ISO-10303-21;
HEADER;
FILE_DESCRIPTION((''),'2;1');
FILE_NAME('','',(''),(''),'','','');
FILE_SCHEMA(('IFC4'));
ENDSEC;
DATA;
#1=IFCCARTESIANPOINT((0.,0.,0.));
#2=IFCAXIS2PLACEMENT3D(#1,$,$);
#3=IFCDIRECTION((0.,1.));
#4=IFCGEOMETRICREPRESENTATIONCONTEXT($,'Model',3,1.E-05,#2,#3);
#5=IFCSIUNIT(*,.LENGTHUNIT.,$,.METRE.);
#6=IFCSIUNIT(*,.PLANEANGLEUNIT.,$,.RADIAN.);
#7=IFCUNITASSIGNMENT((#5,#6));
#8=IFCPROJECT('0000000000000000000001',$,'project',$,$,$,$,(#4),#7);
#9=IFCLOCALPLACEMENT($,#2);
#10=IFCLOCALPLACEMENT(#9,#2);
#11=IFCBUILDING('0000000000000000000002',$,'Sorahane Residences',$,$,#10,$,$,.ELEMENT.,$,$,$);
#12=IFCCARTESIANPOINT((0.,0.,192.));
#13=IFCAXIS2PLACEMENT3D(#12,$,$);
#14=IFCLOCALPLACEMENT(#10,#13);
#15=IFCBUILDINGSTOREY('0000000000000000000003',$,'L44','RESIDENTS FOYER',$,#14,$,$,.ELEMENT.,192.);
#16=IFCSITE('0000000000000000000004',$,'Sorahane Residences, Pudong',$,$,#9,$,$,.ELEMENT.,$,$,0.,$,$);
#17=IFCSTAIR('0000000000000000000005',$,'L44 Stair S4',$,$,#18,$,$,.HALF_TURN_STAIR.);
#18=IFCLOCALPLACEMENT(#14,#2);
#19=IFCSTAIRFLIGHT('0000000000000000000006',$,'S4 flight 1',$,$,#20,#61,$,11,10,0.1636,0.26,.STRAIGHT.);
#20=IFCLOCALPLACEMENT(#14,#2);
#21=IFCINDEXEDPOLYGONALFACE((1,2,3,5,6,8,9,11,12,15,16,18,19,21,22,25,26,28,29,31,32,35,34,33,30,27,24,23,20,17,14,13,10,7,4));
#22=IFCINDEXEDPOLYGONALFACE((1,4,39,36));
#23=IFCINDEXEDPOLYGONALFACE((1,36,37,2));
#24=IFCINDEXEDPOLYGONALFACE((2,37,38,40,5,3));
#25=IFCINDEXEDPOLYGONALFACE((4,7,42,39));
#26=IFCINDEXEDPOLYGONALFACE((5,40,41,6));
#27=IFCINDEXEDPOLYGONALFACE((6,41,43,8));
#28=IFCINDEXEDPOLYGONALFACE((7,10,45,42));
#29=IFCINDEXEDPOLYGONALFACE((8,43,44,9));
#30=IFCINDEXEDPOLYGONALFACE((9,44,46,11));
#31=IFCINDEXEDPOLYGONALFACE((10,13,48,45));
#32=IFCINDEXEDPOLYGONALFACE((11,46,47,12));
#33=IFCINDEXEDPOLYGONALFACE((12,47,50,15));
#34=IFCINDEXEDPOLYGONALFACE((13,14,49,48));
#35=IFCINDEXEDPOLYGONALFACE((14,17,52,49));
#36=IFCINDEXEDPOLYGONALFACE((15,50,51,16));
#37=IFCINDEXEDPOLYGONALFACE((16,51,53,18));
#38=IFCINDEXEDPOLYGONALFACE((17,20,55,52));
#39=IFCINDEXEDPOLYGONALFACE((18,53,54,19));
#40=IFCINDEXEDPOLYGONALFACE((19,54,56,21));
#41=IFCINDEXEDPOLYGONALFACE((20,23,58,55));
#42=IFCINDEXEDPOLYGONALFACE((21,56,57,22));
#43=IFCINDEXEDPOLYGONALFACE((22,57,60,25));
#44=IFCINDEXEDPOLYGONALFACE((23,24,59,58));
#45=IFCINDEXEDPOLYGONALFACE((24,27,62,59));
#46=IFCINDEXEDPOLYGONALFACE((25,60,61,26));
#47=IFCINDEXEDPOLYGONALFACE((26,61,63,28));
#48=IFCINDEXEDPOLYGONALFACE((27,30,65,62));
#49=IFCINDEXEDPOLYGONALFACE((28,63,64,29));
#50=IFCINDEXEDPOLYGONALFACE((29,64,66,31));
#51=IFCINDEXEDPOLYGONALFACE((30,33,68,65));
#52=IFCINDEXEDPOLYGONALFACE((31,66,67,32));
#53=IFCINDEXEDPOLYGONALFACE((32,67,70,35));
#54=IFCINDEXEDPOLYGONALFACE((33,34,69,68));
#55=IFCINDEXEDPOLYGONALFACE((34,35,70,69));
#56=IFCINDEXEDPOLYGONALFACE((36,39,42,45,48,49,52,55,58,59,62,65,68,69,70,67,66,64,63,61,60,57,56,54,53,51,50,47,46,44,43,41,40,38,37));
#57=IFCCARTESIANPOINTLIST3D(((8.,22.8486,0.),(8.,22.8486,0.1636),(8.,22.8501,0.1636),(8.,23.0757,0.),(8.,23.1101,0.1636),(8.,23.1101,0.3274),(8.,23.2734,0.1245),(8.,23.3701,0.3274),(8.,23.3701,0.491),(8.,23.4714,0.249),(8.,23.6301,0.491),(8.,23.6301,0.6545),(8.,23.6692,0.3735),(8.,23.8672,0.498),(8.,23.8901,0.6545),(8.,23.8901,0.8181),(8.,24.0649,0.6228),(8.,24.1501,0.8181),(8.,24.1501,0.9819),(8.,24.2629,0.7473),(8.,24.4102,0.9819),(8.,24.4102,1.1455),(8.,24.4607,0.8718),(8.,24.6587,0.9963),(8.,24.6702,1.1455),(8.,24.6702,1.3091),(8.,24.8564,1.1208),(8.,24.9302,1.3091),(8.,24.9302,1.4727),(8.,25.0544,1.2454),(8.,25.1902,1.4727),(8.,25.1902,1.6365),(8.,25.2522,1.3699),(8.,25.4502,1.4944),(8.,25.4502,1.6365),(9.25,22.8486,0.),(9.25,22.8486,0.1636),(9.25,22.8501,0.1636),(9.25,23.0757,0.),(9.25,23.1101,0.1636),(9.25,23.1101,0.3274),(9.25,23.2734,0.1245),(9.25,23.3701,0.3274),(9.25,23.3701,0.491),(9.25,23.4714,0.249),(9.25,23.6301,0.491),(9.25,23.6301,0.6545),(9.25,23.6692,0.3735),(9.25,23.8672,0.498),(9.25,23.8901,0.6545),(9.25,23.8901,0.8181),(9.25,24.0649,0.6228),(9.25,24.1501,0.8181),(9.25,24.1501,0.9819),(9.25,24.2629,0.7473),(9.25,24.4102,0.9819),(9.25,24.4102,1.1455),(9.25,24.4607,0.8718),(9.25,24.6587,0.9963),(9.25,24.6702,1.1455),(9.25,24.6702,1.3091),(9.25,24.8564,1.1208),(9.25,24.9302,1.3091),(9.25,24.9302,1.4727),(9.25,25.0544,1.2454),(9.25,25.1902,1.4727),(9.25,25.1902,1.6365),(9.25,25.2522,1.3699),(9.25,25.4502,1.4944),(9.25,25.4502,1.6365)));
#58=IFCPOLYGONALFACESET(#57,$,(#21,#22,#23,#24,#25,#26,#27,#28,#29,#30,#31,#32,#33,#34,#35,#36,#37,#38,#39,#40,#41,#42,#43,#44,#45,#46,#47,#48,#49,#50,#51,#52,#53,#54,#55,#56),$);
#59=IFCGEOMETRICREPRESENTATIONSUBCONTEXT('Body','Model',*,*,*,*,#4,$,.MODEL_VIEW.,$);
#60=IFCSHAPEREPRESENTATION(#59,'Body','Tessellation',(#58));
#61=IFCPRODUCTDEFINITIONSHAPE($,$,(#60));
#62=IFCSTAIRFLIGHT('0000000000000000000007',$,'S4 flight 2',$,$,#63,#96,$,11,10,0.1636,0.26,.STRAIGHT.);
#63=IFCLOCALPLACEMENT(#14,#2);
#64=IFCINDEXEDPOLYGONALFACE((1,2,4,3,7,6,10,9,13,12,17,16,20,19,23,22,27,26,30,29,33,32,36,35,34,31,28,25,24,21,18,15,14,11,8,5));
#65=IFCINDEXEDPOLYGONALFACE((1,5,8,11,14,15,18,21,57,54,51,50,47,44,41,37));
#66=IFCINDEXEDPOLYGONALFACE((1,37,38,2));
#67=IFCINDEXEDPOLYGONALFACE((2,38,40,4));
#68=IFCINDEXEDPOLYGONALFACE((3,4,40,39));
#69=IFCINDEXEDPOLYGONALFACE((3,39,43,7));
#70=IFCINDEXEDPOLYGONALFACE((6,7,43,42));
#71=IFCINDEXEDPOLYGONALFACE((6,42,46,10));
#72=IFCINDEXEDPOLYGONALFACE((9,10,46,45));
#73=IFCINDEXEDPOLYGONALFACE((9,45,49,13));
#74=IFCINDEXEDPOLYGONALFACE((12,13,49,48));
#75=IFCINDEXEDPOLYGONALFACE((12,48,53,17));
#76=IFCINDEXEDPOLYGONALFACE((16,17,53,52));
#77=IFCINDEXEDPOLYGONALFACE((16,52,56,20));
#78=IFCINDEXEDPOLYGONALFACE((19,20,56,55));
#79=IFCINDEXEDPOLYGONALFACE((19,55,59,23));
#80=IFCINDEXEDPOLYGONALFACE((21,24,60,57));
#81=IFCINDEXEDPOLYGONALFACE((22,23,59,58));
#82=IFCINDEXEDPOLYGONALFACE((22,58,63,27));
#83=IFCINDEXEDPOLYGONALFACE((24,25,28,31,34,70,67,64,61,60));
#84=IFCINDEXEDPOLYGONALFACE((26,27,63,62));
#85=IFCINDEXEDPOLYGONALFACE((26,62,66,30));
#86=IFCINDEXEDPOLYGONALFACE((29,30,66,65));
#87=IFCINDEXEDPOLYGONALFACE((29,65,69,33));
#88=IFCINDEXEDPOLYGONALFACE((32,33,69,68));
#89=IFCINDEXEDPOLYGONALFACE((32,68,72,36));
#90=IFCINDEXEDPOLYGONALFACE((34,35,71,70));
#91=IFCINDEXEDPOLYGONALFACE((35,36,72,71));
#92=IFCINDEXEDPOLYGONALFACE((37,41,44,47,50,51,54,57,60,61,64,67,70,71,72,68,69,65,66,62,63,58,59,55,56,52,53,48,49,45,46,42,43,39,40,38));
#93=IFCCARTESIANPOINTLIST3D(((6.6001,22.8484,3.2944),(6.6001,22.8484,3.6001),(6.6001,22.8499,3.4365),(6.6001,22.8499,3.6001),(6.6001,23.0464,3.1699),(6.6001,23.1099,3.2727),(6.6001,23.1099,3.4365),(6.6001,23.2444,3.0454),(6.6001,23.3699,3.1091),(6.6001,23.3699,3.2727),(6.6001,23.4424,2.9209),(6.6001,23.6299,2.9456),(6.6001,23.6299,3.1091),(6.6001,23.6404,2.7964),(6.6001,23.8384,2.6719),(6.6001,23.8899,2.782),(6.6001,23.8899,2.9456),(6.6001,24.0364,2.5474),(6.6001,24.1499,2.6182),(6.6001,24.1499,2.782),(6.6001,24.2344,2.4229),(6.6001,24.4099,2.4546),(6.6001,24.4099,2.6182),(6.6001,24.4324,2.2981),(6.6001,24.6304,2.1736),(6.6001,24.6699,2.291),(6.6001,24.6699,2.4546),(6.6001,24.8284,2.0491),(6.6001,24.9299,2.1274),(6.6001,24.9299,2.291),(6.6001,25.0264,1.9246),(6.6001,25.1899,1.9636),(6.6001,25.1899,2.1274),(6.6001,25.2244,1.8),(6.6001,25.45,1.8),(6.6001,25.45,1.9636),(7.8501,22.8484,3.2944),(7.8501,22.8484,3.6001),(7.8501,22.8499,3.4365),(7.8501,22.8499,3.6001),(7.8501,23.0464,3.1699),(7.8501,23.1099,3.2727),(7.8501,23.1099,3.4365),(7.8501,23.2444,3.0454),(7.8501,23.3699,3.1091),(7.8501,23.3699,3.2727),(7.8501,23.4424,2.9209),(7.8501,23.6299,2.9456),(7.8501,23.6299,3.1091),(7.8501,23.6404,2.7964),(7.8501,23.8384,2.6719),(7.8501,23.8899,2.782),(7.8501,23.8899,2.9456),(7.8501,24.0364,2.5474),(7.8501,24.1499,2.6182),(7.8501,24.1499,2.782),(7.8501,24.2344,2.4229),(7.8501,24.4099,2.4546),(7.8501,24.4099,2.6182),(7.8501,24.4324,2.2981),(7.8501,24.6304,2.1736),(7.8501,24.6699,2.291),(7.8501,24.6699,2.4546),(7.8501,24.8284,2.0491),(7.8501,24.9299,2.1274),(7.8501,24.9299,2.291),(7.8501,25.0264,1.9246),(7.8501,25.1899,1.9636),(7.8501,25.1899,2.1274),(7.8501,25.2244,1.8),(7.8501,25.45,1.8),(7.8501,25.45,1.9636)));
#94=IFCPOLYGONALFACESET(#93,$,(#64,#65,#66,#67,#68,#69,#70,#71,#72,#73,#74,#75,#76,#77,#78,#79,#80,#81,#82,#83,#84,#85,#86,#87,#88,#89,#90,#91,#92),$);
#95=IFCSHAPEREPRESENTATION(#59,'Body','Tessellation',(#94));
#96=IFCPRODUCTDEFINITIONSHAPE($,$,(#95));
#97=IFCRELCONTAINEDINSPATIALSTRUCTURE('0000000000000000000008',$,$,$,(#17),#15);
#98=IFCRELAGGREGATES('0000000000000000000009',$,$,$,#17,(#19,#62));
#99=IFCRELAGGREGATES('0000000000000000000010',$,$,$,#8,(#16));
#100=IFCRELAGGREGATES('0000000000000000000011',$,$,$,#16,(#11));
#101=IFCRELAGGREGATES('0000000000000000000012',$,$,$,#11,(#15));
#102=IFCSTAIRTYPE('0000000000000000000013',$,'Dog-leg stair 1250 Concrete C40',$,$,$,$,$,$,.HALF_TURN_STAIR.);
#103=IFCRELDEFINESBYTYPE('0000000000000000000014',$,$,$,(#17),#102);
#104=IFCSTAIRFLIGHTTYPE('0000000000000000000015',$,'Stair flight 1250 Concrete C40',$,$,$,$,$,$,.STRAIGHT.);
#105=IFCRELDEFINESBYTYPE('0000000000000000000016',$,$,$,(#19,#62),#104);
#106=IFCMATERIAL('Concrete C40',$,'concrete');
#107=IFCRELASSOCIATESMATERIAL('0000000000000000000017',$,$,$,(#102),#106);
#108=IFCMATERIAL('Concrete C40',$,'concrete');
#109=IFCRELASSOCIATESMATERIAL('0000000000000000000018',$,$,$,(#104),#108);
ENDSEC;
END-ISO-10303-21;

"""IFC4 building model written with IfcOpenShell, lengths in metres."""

from ifc_helpers import new_model, si_unit, direction, frame, origin, place, context, subcontext, project, spatial, polyline, outline, extrude, material, type_object, element, aggregate, save


model = new_model("IFC4")

# Units and contexts
model_context = context("Model", 3, precision=1e-05, world=origin(), true_north=direction((0.0, 1.0)))
body_context = subcontext(model_context, "Body", "Model", "MODEL_VIEW")
ifc_project = project(units=[si_unit("LENGTHUNIT", "METRE"), si_unit("PLANEANGLEUNIT", "RADIAN")], contexts=[model_context])

# Site, building, storey
site_placement = place(None, origin())
site = spatial("IfcSite", under=ifc_project, at=site_placement, Name="Sorahane Residences, Pudong", CompositionType="ELEMENT", RefElevation=0.0)
building_placement = place(site_placement, origin())
building = spatial("IfcBuilding", under=site, at=building_placement, Name="Sorahane Residences", CompositionType="ELEMENT")
storey_placement = place(building_placement, frame((0.0, 0.0, 192.0)))
storey = spatial("IfcBuildingStorey", under=building, at=storey_placement, Name="L44", Description="RESIDENTS FOYER", CompositionType="ELEMENT", Elevation=192.0)

# Stair, stair flights
ifc_material_1 = material(Name="Concrete C40", Category="concrete")
stair_type = type_object("IfcStairType", Name="Dog-leg stair 1250 Concrete C40", PredefinedType="HALF_TURN_STAIR", material=ifc_material_1)
stair_placement = place(storey_placement, origin())
stair = element("IfcStair", 1, at=stair_placement, inside=storey, type_object=stair_type, Name="L44 Stair S4", PredefinedType="HALF_TURN_STAIR")
ifc_material_2 = material(Name="Concrete C40", Category="concrete")
stair_flight_type = type_object("IfcStairFlightType", Name="Stair flight 1250 Concrete C40", PredefinedType="STRAIGHT", material=ifc_material_2)
stair_flight_1_placement = place(storey_placement, frame((8.625, 22.8501, 0.0), z_axis=(0.0, 0.0, 1.0), x_axis=(0.0, 1.0, 0.0)))
stair_flight_1 = element("IfcStairFlight", 2, at=stair_flight_1_placement, type_object=stair_flight_type, Name="S4 flight 1", NumberOfRisers=11, NumberOfTreads=10, PredefinedType="STRAIGHT", RiserHeight=0.1636, TreadLength=0.26, context=body_context, shape_type="SweptSolid", body=[
    extrude(outline(polyline([(-0.0015, 0.0), (-0.0015, 0.1636), (0.0, 0.1636), (0.26, 0.1636), (0.26, 0.3274), (0.52, 0.3274), (0.52, 0.491), (0.78, 0.491), (0.78, 0.6545), (1.04, 0.6545), (1.04, 0.8181), (1.3, 0.8181), (1.3, 0.9819), (1.5601, 0.9819), (1.5601, 1.1455), (1.8201, 1.1455), (1.8201, 1.3091), (2.0801, 1.3091), (2.0801, 1.4727), (2.3401, 1.4727), (2.3401, 1.6365), (2.6001, 1.6365), (2.6001, 1.8), (2.6001, 1.4944), (2.4021, 1.3699), (2.2043, 1.2454), (2.0063, 1.1208), (1.8086, 0.9963), (1.6106, 0.8718), (1.4128, 0.7473), (1.2148, 0.6228), (1.0171, 0.498), (0.8191, 0.3735), (0.6213, 0.249), (0.4233, 0.1245), (0.2256, 0.0), (-0.0015, 0.0)])), frame((0.0, 0.625, 0.0), z_axis=(0.0, -1.0, 0.0), x_axis=(1.0, 0.0, 0.0)), (0.0, 0.0, 1.0), 1.25),
])
stair_flight_2_placement = place(storey_placement, frame((7.2251, 25.45, 1.8), z_axis=(0.0, 0.0, 1.0), x_axis=(0.0, -1.0, 0.0)))
stair_flight_2 = element("IfcStairFlight", 3, at=stair_flight_2_placement, type_object=stair_flight_type, Name="S4 flight 2", NumberOfRisers=11, NumberOfTreads=10, PredefinedType="STRAIGHT", RiserHeight=0.1636, TreadLength=0.26, context=body_context, shape_type="SweptSolid", body=[
    extrude(outline(polyline([(0.0, 0.0), (0.0, 0.1636), (0.26, 0.1636), (0.26, 0.3274), (0.52, 0.3274), (0.52, 0.491), (0.78, 0.491), (0.78, 0.6545), (1.04, 0.6545), (1.04, 0.8181), (1.3, 0.8181), (1.3, 0.9819), (1.5601, 0.9819), (1.5601, 1.1455), (1.8201, 1.1455), (1.8201, 1.3091), (2.0801, 1.3091), (2.0801, 1.4727), (2.3401, 1.4727), (2.3401, 1.6365), (2.6001, 1.6365), (2.6001, 1.8), (2.6016, 1.8), (2.6016, 1.4944), (2.4036, 1.3699), (2.2056, 1.2454), (2.0076, 1.1208), (1.8096, 0.9963), (1.6116, 0.8718), (1.4136, 0.7473), (1.2156, 0.6228), (1.0176, 0.498), (0.8196, 0.3735), (0.6216, 0.249), (0.4236, 0.1245), (0.2256, 0.0), (0.0, 0.0)])), frame((0.0, 0.625, 0.0), z_axis=(0.0, -1.0, 0.0), x_axis=(1.0, 0.0, 0.0)), (0.0, 0.0, 1.0), 1.25),
])
aggregate(stair, [stair_flight_1, stair_flight_2])

save(model, "model.ifc")
